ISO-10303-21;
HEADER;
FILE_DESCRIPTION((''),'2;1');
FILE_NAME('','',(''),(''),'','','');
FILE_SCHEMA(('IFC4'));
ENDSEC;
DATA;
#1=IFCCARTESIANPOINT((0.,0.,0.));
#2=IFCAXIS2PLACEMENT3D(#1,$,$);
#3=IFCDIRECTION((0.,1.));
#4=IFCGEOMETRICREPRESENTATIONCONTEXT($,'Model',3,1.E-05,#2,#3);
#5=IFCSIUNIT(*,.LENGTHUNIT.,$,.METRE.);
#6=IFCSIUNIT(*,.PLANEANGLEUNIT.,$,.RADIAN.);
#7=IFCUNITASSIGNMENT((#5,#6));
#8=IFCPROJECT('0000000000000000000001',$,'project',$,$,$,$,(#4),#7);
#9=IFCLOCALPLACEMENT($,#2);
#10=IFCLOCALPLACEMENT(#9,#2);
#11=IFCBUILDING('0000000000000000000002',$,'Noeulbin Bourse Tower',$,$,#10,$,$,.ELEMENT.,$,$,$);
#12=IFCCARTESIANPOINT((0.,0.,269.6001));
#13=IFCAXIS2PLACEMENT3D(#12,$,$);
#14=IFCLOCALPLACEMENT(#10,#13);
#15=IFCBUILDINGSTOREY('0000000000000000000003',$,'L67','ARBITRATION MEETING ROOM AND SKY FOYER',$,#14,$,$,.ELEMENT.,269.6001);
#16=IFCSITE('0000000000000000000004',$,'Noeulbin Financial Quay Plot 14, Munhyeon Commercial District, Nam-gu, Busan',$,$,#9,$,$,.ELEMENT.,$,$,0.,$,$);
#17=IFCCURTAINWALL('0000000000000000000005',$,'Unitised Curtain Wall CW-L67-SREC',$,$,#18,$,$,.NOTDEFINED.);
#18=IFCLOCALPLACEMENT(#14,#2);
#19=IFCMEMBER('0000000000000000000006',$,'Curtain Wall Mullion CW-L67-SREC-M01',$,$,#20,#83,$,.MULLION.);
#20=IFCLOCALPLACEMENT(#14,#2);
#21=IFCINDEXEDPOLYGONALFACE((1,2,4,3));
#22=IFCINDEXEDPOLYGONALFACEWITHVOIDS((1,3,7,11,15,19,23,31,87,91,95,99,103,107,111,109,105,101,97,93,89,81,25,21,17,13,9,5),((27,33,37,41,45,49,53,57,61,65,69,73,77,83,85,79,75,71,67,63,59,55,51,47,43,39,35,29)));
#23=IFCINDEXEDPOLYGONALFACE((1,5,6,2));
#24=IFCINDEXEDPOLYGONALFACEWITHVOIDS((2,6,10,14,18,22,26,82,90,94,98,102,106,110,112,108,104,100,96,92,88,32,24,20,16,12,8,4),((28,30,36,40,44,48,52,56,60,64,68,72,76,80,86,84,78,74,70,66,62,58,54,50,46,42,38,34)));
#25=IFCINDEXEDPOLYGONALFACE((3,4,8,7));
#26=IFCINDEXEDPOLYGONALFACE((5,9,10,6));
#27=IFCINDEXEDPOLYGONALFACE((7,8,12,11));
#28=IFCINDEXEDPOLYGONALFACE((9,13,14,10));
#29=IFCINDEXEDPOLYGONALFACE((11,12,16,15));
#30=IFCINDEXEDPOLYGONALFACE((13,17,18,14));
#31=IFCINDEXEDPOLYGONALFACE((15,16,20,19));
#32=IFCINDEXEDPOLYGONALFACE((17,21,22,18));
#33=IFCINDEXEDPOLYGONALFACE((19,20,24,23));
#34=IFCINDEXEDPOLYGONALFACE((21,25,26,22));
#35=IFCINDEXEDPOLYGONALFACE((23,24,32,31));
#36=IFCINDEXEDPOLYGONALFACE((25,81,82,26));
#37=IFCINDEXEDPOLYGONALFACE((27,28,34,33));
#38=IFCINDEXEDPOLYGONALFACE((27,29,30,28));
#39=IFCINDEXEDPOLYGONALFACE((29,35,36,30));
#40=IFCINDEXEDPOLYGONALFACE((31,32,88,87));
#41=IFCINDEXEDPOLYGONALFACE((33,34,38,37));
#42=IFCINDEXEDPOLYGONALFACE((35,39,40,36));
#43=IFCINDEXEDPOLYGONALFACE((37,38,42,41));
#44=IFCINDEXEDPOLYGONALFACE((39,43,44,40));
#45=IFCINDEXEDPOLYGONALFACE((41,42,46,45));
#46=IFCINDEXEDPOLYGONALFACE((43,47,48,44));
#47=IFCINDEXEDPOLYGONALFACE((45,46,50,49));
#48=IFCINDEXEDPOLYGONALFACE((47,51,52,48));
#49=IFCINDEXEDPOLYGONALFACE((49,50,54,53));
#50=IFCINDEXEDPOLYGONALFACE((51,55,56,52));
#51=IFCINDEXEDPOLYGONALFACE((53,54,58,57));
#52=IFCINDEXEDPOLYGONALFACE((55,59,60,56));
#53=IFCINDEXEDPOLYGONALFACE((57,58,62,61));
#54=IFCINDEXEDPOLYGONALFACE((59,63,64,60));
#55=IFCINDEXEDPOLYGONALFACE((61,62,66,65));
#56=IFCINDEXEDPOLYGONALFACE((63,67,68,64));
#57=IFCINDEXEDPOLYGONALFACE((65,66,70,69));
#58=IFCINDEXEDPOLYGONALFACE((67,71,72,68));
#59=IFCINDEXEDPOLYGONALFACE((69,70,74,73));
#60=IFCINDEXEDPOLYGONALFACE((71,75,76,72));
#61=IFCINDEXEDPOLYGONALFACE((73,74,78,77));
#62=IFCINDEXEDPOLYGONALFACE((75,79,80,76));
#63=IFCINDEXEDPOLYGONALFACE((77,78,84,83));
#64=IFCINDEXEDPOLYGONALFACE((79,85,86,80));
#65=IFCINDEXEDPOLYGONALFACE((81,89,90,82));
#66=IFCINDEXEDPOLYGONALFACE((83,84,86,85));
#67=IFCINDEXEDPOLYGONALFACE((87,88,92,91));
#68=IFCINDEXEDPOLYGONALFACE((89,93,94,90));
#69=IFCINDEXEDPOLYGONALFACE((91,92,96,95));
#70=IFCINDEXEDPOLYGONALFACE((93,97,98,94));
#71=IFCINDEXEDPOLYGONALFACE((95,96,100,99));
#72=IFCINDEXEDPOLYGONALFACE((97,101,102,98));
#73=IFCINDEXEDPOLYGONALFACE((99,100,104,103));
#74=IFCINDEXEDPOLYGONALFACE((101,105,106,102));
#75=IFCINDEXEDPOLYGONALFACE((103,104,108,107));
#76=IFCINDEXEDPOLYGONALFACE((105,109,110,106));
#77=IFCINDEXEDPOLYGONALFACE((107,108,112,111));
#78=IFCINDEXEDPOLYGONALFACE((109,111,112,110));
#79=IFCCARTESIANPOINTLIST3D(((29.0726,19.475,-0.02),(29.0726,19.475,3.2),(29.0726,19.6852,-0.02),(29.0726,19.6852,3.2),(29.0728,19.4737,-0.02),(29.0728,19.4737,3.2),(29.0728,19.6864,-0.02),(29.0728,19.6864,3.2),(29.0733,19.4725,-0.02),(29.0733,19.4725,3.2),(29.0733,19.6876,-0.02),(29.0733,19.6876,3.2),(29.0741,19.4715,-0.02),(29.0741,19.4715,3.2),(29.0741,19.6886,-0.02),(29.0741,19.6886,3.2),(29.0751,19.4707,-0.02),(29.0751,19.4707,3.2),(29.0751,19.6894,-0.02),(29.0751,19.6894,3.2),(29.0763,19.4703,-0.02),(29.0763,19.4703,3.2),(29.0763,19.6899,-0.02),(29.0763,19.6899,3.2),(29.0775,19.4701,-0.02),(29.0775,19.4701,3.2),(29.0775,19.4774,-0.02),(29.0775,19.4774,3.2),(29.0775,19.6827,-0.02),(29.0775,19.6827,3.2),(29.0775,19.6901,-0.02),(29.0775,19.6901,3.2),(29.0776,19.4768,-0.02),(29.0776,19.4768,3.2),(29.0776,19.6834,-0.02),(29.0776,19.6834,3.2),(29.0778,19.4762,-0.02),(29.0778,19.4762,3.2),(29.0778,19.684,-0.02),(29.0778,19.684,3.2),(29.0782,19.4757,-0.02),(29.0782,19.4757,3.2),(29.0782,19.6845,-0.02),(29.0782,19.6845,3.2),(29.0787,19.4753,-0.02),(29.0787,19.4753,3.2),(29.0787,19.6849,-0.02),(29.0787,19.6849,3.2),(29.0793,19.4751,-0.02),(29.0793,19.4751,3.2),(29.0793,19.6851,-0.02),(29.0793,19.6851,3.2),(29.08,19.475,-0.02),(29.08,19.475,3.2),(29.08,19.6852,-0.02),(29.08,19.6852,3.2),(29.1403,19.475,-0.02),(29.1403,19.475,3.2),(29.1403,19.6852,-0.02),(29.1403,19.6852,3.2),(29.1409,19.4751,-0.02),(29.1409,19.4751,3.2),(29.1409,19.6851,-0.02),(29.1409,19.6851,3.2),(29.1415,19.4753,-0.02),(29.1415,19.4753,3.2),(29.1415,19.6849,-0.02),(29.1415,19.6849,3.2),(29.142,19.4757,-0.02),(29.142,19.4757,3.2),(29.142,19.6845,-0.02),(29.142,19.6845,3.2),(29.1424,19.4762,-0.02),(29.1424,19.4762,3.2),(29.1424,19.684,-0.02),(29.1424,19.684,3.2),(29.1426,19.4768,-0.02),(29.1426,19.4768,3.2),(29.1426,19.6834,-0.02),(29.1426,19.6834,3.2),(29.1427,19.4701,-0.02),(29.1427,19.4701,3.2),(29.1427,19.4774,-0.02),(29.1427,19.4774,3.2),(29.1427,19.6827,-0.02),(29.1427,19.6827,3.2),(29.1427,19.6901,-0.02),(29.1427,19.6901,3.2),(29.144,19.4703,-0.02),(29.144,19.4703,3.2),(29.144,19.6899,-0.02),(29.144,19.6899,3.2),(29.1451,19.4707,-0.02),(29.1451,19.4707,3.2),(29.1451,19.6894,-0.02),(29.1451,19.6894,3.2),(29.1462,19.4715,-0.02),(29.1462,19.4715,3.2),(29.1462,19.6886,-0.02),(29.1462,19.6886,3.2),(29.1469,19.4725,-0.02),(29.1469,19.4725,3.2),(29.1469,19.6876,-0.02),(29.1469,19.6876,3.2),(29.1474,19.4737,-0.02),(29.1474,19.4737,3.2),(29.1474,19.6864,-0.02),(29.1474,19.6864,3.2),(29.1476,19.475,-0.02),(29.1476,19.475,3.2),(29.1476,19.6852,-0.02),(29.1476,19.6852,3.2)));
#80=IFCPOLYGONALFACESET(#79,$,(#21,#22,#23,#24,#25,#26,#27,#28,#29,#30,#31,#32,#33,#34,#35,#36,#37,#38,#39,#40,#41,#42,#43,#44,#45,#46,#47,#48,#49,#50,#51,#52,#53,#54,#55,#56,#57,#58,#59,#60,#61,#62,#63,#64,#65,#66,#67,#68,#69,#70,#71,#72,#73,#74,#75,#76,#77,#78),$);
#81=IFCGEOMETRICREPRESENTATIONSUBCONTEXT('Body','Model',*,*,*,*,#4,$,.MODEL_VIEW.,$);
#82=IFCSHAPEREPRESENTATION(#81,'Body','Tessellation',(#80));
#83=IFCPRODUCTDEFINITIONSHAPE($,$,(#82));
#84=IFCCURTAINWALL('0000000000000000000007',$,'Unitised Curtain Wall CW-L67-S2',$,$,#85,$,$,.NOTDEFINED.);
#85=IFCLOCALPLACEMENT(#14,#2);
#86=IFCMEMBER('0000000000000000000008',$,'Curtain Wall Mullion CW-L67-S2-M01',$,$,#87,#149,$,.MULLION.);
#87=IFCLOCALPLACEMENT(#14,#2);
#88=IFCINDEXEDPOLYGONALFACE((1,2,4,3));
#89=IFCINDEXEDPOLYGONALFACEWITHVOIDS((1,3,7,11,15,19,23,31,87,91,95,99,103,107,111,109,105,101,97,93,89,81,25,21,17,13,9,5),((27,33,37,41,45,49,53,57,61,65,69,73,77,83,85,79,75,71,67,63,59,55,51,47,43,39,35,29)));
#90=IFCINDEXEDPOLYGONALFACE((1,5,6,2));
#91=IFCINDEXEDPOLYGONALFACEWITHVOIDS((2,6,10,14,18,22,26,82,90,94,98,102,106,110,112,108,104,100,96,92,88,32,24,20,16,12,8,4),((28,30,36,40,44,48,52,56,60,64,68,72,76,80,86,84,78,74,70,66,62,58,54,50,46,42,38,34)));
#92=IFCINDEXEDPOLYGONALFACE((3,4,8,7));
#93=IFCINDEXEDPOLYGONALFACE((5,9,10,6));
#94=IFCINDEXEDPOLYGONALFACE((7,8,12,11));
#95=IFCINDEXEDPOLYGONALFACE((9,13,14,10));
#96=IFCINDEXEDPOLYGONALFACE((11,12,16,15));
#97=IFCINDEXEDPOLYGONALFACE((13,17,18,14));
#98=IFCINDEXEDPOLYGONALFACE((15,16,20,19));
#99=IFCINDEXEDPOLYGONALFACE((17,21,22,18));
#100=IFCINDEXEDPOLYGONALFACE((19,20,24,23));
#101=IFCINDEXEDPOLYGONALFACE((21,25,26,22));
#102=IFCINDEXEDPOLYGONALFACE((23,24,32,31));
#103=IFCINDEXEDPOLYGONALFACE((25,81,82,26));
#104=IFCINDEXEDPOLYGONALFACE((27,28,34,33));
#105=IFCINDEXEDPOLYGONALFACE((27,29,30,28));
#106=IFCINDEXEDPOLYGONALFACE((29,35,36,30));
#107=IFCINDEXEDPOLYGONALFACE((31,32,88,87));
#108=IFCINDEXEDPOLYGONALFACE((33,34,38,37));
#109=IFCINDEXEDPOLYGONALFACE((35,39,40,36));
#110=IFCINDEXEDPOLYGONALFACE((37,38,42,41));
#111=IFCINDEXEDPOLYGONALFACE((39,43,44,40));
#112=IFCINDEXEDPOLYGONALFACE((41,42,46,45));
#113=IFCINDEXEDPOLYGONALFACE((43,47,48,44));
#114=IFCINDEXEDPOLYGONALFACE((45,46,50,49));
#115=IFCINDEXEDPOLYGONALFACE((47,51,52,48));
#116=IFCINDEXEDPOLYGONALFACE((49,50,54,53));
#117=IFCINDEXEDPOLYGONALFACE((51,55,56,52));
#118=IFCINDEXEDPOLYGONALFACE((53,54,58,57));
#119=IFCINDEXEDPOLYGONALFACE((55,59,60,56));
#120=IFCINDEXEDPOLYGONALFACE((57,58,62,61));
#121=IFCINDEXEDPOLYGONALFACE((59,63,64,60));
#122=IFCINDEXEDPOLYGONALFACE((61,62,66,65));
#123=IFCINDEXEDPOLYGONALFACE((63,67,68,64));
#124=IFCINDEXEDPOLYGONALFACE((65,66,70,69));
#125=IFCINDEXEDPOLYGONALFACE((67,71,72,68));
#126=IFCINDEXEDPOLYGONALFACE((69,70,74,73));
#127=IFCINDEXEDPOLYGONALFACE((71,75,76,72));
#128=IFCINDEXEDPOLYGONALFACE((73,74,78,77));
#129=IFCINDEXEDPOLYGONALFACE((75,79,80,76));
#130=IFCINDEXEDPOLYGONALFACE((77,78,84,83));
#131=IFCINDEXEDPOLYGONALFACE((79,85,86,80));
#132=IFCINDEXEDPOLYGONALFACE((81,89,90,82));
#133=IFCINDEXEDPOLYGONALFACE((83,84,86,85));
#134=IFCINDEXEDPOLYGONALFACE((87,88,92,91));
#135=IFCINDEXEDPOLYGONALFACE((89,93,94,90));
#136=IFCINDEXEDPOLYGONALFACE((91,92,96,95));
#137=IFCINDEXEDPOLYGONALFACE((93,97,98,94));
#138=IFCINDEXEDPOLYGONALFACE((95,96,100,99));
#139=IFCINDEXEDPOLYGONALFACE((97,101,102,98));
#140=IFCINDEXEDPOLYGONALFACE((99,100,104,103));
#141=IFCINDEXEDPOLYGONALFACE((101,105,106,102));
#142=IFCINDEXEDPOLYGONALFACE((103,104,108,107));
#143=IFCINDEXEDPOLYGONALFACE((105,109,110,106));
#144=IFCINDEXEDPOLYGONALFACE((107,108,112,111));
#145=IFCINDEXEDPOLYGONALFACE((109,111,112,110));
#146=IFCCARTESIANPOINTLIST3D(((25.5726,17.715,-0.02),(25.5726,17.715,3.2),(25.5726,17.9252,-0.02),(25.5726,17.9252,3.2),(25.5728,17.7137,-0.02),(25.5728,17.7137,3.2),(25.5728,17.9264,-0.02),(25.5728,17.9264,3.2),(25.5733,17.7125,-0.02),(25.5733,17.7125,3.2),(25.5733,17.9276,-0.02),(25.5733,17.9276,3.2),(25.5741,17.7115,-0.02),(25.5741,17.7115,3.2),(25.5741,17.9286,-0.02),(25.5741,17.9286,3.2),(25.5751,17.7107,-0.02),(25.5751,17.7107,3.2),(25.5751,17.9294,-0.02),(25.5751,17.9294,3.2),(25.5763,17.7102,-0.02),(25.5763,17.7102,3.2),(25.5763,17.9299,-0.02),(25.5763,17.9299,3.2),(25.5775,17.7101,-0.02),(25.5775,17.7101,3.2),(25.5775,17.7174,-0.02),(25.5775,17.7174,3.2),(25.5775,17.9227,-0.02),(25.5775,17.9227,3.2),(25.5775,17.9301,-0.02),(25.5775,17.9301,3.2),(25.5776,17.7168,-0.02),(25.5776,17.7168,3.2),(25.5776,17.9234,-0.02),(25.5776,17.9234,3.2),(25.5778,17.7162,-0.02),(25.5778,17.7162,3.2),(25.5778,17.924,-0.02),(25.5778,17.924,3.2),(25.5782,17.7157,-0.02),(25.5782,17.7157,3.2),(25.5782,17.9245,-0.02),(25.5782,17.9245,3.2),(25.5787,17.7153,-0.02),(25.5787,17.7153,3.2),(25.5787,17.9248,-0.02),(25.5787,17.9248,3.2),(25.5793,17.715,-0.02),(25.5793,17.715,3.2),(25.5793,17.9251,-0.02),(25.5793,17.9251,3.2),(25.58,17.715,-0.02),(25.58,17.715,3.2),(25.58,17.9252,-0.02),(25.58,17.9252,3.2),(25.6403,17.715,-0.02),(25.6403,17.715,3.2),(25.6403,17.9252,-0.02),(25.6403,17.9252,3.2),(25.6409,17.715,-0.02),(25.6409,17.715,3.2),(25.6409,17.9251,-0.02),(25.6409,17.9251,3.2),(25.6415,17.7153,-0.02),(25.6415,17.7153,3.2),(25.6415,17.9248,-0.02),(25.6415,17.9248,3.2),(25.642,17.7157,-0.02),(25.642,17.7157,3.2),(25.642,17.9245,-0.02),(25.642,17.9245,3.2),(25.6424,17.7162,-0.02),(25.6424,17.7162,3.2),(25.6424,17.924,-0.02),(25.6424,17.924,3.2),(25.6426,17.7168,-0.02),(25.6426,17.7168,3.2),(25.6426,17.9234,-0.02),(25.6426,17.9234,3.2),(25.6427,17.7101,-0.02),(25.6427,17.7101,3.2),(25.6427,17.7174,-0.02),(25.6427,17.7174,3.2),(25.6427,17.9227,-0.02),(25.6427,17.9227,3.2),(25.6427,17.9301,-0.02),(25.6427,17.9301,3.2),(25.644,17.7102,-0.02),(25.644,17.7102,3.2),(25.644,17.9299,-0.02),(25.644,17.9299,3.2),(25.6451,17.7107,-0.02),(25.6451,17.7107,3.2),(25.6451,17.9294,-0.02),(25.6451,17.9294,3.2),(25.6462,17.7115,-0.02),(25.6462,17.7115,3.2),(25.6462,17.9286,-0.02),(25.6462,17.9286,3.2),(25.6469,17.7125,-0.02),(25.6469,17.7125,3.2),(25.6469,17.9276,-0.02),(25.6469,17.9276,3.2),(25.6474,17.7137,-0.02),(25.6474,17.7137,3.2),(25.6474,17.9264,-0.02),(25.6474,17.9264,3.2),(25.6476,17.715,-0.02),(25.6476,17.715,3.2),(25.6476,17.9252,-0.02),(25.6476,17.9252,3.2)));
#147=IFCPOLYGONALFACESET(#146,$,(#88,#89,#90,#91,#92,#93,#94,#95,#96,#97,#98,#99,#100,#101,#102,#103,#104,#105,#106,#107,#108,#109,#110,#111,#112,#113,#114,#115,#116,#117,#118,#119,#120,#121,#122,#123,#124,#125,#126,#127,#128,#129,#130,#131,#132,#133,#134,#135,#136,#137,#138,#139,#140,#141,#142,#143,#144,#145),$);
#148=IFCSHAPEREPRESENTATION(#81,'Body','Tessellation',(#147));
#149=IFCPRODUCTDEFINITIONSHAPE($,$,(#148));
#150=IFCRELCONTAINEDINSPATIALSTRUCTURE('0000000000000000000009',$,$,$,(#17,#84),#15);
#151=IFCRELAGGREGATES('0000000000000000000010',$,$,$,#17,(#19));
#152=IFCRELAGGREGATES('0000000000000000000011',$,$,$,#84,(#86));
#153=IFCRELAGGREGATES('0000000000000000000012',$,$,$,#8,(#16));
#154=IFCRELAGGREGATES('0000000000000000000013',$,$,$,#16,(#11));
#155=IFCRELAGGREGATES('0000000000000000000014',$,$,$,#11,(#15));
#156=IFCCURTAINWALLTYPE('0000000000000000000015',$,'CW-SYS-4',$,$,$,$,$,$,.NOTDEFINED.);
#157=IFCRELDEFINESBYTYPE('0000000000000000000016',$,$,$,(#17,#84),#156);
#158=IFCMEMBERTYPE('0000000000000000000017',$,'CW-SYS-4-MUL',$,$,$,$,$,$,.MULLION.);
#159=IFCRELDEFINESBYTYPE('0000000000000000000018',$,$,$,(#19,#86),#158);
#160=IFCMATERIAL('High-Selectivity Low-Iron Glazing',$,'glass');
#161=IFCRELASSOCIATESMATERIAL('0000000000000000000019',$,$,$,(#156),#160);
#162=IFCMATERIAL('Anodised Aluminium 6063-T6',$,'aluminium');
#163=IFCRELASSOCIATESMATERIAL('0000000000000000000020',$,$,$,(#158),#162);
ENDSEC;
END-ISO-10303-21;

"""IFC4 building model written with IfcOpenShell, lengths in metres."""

from ifc_helpers import new_model, si_unit, direction, frame, origin, origin_2d, place, context, subcontext, project, spatial, hollow_rectangle, extrude, material, material_profile, profile_set, type_object, element, aggregate, save


model = new_model("IFC4")

# Units and contexts
model_context = context("Model", 3, precision=1e-05, world=origin(), true_north=direction((0.0, 1.0)))
body_context = subcontext(model_context, "Body", "Model", "MODEL_VIEW")
ifc_project = project(units=[si_unit("LENGTHUNIT", "METRE"), si_unit("PLANEANGLEUNIT", "RADIAN")], contexts=[model_context])

# Site, building, storey
site_placement = place(None, origin())
site = spatial("IfcSite", under=ifc_project, at=site_placement, Name="Noeulbin Financial Quay Plot 14, Munhyeon Commercial District, Nam-gu, Busan", CompositionType="ELEMENT", RefElevation=0.0)
building_placement = place(site_placement, origin())
building = spatial("IfcBuilding", under=site, at=building_placement, Name="Noeulbin Bourse Tower", CompositionType="ELEMENT")
storey_placement = place(building_placement, frame((0.0, 0.0, 269.6001)))
storey = spatial("IfcBuildingStorey", under=building, at=storey_placement, Name="L67", Description="ARBITRATION MEETING ROOM AND SKY FOYER", CompositionType="ELEMENT", Elevation=269.6001)

# Curtain wall, member
ifc_material_1 = material(Name="High-Selectivity Low-Iron Glazing", Category="glass")
curtain_wall_type = type_object("IfcCurtainWallType", Name="CW-SYS-4", PredefinedType="NOTDEFINED", material=ifc_material_1)
curtain_wall_1_placement = place(storey_placement, origin())
curtain_wall_1 = element("IfcCurtainWall", 1, at=curtain_wall_1_placement, inside=storey, type_object=curtain_wall_type, Name="Unitised Curtain Wall CW-L67-SREC", PredefinedType="NOTDEFINED")
ifc_material_2 = material(Name="Anodised Aluminium 6063-T6", Category="aluminium")
ifc_material_profile_1 = material_profile(ifc_material_2, hollow_rectangle(XDim=0.075, YDim=0.22, WallThickness=0.0049, InnerFilletRadius=0.0024, OuterFilletRadius=0.0049, at=origin_2d()), Name="ALU-MULL-75x220x5", Category="LoadBearing")
ifc_profile_set_1 = profile_set([ifc_material_profile_1], Name="Anodised Aluminium 6063-T6")
member_type_1 = type_object("IfcMemberType", Name="CW-SYS-4-MUL", PredefinedType="MULLION", material=ifc_profile_set_1)
member_1_placement = place(storey_placement, frame((29.1101, 19.5801, -0.02), z_axis=(0.0, 0.0, 1.0), x_axis=(1.0, 0.0, 0.0)))
member_1 = element("IfcMember", 2, at=member_1_placement, type_object=member_type_1, Name="Curtain Wall Mullion CW-L67-SREC-M01", PredefinedType="MULLION", context=body_context, shape_type="SweptSolid", body=[
    extrude(hollow_rectangle(XDim=0.075, YDim=0.22, WallThickness=0.0049, InnerFilletRadius=0.0024, OuterFilletRadius=0.0049, at=origin_2d()), origin(), (0.0, 0.0, 1.0), 3.22),
])

# Curtain wall, member
curtain_wall_2_placement = place(storey_placement, origin())
curtain_wall_2 = element("IfcCurtainWall", 3, at=curtain_wall_2_placement, inside=storey, type_object=curtain_wall_type, Name="Unitised Curtain Wall CW-L67-S2", PredefinedType="NOTDEFINED")
member_2_placement = place(storey_placement, frame((25.6101, 17.8201, -0.02), z_axis=(0.0, 0.0, 1.0), x_axis=(1.0, 0.0, 0.0)))
member_2 = element("IfcMember", 4, at=member_2_placement, type_object=member_type_1, Name="Curtain Wall Mullion CW-L67-S2-M01", PredefinedType="MULLION", context=body_context, shape_type="SweptSolid", body=[
    extrude(hollow_rectangle(XDim=0.075, YDim=0.22, WallThickness=0.0049, InnerFilletRadius=0.0024, OuterFilletRadius=0.0049, at=origin_2d()), origin(), (0.0, 0.0, 1.0), 3.22),
])

aggregate(curtain_wall_1, [member_1])
aggregate(curtain_wall_2, [member_2])

save(model, "model.ifc")
